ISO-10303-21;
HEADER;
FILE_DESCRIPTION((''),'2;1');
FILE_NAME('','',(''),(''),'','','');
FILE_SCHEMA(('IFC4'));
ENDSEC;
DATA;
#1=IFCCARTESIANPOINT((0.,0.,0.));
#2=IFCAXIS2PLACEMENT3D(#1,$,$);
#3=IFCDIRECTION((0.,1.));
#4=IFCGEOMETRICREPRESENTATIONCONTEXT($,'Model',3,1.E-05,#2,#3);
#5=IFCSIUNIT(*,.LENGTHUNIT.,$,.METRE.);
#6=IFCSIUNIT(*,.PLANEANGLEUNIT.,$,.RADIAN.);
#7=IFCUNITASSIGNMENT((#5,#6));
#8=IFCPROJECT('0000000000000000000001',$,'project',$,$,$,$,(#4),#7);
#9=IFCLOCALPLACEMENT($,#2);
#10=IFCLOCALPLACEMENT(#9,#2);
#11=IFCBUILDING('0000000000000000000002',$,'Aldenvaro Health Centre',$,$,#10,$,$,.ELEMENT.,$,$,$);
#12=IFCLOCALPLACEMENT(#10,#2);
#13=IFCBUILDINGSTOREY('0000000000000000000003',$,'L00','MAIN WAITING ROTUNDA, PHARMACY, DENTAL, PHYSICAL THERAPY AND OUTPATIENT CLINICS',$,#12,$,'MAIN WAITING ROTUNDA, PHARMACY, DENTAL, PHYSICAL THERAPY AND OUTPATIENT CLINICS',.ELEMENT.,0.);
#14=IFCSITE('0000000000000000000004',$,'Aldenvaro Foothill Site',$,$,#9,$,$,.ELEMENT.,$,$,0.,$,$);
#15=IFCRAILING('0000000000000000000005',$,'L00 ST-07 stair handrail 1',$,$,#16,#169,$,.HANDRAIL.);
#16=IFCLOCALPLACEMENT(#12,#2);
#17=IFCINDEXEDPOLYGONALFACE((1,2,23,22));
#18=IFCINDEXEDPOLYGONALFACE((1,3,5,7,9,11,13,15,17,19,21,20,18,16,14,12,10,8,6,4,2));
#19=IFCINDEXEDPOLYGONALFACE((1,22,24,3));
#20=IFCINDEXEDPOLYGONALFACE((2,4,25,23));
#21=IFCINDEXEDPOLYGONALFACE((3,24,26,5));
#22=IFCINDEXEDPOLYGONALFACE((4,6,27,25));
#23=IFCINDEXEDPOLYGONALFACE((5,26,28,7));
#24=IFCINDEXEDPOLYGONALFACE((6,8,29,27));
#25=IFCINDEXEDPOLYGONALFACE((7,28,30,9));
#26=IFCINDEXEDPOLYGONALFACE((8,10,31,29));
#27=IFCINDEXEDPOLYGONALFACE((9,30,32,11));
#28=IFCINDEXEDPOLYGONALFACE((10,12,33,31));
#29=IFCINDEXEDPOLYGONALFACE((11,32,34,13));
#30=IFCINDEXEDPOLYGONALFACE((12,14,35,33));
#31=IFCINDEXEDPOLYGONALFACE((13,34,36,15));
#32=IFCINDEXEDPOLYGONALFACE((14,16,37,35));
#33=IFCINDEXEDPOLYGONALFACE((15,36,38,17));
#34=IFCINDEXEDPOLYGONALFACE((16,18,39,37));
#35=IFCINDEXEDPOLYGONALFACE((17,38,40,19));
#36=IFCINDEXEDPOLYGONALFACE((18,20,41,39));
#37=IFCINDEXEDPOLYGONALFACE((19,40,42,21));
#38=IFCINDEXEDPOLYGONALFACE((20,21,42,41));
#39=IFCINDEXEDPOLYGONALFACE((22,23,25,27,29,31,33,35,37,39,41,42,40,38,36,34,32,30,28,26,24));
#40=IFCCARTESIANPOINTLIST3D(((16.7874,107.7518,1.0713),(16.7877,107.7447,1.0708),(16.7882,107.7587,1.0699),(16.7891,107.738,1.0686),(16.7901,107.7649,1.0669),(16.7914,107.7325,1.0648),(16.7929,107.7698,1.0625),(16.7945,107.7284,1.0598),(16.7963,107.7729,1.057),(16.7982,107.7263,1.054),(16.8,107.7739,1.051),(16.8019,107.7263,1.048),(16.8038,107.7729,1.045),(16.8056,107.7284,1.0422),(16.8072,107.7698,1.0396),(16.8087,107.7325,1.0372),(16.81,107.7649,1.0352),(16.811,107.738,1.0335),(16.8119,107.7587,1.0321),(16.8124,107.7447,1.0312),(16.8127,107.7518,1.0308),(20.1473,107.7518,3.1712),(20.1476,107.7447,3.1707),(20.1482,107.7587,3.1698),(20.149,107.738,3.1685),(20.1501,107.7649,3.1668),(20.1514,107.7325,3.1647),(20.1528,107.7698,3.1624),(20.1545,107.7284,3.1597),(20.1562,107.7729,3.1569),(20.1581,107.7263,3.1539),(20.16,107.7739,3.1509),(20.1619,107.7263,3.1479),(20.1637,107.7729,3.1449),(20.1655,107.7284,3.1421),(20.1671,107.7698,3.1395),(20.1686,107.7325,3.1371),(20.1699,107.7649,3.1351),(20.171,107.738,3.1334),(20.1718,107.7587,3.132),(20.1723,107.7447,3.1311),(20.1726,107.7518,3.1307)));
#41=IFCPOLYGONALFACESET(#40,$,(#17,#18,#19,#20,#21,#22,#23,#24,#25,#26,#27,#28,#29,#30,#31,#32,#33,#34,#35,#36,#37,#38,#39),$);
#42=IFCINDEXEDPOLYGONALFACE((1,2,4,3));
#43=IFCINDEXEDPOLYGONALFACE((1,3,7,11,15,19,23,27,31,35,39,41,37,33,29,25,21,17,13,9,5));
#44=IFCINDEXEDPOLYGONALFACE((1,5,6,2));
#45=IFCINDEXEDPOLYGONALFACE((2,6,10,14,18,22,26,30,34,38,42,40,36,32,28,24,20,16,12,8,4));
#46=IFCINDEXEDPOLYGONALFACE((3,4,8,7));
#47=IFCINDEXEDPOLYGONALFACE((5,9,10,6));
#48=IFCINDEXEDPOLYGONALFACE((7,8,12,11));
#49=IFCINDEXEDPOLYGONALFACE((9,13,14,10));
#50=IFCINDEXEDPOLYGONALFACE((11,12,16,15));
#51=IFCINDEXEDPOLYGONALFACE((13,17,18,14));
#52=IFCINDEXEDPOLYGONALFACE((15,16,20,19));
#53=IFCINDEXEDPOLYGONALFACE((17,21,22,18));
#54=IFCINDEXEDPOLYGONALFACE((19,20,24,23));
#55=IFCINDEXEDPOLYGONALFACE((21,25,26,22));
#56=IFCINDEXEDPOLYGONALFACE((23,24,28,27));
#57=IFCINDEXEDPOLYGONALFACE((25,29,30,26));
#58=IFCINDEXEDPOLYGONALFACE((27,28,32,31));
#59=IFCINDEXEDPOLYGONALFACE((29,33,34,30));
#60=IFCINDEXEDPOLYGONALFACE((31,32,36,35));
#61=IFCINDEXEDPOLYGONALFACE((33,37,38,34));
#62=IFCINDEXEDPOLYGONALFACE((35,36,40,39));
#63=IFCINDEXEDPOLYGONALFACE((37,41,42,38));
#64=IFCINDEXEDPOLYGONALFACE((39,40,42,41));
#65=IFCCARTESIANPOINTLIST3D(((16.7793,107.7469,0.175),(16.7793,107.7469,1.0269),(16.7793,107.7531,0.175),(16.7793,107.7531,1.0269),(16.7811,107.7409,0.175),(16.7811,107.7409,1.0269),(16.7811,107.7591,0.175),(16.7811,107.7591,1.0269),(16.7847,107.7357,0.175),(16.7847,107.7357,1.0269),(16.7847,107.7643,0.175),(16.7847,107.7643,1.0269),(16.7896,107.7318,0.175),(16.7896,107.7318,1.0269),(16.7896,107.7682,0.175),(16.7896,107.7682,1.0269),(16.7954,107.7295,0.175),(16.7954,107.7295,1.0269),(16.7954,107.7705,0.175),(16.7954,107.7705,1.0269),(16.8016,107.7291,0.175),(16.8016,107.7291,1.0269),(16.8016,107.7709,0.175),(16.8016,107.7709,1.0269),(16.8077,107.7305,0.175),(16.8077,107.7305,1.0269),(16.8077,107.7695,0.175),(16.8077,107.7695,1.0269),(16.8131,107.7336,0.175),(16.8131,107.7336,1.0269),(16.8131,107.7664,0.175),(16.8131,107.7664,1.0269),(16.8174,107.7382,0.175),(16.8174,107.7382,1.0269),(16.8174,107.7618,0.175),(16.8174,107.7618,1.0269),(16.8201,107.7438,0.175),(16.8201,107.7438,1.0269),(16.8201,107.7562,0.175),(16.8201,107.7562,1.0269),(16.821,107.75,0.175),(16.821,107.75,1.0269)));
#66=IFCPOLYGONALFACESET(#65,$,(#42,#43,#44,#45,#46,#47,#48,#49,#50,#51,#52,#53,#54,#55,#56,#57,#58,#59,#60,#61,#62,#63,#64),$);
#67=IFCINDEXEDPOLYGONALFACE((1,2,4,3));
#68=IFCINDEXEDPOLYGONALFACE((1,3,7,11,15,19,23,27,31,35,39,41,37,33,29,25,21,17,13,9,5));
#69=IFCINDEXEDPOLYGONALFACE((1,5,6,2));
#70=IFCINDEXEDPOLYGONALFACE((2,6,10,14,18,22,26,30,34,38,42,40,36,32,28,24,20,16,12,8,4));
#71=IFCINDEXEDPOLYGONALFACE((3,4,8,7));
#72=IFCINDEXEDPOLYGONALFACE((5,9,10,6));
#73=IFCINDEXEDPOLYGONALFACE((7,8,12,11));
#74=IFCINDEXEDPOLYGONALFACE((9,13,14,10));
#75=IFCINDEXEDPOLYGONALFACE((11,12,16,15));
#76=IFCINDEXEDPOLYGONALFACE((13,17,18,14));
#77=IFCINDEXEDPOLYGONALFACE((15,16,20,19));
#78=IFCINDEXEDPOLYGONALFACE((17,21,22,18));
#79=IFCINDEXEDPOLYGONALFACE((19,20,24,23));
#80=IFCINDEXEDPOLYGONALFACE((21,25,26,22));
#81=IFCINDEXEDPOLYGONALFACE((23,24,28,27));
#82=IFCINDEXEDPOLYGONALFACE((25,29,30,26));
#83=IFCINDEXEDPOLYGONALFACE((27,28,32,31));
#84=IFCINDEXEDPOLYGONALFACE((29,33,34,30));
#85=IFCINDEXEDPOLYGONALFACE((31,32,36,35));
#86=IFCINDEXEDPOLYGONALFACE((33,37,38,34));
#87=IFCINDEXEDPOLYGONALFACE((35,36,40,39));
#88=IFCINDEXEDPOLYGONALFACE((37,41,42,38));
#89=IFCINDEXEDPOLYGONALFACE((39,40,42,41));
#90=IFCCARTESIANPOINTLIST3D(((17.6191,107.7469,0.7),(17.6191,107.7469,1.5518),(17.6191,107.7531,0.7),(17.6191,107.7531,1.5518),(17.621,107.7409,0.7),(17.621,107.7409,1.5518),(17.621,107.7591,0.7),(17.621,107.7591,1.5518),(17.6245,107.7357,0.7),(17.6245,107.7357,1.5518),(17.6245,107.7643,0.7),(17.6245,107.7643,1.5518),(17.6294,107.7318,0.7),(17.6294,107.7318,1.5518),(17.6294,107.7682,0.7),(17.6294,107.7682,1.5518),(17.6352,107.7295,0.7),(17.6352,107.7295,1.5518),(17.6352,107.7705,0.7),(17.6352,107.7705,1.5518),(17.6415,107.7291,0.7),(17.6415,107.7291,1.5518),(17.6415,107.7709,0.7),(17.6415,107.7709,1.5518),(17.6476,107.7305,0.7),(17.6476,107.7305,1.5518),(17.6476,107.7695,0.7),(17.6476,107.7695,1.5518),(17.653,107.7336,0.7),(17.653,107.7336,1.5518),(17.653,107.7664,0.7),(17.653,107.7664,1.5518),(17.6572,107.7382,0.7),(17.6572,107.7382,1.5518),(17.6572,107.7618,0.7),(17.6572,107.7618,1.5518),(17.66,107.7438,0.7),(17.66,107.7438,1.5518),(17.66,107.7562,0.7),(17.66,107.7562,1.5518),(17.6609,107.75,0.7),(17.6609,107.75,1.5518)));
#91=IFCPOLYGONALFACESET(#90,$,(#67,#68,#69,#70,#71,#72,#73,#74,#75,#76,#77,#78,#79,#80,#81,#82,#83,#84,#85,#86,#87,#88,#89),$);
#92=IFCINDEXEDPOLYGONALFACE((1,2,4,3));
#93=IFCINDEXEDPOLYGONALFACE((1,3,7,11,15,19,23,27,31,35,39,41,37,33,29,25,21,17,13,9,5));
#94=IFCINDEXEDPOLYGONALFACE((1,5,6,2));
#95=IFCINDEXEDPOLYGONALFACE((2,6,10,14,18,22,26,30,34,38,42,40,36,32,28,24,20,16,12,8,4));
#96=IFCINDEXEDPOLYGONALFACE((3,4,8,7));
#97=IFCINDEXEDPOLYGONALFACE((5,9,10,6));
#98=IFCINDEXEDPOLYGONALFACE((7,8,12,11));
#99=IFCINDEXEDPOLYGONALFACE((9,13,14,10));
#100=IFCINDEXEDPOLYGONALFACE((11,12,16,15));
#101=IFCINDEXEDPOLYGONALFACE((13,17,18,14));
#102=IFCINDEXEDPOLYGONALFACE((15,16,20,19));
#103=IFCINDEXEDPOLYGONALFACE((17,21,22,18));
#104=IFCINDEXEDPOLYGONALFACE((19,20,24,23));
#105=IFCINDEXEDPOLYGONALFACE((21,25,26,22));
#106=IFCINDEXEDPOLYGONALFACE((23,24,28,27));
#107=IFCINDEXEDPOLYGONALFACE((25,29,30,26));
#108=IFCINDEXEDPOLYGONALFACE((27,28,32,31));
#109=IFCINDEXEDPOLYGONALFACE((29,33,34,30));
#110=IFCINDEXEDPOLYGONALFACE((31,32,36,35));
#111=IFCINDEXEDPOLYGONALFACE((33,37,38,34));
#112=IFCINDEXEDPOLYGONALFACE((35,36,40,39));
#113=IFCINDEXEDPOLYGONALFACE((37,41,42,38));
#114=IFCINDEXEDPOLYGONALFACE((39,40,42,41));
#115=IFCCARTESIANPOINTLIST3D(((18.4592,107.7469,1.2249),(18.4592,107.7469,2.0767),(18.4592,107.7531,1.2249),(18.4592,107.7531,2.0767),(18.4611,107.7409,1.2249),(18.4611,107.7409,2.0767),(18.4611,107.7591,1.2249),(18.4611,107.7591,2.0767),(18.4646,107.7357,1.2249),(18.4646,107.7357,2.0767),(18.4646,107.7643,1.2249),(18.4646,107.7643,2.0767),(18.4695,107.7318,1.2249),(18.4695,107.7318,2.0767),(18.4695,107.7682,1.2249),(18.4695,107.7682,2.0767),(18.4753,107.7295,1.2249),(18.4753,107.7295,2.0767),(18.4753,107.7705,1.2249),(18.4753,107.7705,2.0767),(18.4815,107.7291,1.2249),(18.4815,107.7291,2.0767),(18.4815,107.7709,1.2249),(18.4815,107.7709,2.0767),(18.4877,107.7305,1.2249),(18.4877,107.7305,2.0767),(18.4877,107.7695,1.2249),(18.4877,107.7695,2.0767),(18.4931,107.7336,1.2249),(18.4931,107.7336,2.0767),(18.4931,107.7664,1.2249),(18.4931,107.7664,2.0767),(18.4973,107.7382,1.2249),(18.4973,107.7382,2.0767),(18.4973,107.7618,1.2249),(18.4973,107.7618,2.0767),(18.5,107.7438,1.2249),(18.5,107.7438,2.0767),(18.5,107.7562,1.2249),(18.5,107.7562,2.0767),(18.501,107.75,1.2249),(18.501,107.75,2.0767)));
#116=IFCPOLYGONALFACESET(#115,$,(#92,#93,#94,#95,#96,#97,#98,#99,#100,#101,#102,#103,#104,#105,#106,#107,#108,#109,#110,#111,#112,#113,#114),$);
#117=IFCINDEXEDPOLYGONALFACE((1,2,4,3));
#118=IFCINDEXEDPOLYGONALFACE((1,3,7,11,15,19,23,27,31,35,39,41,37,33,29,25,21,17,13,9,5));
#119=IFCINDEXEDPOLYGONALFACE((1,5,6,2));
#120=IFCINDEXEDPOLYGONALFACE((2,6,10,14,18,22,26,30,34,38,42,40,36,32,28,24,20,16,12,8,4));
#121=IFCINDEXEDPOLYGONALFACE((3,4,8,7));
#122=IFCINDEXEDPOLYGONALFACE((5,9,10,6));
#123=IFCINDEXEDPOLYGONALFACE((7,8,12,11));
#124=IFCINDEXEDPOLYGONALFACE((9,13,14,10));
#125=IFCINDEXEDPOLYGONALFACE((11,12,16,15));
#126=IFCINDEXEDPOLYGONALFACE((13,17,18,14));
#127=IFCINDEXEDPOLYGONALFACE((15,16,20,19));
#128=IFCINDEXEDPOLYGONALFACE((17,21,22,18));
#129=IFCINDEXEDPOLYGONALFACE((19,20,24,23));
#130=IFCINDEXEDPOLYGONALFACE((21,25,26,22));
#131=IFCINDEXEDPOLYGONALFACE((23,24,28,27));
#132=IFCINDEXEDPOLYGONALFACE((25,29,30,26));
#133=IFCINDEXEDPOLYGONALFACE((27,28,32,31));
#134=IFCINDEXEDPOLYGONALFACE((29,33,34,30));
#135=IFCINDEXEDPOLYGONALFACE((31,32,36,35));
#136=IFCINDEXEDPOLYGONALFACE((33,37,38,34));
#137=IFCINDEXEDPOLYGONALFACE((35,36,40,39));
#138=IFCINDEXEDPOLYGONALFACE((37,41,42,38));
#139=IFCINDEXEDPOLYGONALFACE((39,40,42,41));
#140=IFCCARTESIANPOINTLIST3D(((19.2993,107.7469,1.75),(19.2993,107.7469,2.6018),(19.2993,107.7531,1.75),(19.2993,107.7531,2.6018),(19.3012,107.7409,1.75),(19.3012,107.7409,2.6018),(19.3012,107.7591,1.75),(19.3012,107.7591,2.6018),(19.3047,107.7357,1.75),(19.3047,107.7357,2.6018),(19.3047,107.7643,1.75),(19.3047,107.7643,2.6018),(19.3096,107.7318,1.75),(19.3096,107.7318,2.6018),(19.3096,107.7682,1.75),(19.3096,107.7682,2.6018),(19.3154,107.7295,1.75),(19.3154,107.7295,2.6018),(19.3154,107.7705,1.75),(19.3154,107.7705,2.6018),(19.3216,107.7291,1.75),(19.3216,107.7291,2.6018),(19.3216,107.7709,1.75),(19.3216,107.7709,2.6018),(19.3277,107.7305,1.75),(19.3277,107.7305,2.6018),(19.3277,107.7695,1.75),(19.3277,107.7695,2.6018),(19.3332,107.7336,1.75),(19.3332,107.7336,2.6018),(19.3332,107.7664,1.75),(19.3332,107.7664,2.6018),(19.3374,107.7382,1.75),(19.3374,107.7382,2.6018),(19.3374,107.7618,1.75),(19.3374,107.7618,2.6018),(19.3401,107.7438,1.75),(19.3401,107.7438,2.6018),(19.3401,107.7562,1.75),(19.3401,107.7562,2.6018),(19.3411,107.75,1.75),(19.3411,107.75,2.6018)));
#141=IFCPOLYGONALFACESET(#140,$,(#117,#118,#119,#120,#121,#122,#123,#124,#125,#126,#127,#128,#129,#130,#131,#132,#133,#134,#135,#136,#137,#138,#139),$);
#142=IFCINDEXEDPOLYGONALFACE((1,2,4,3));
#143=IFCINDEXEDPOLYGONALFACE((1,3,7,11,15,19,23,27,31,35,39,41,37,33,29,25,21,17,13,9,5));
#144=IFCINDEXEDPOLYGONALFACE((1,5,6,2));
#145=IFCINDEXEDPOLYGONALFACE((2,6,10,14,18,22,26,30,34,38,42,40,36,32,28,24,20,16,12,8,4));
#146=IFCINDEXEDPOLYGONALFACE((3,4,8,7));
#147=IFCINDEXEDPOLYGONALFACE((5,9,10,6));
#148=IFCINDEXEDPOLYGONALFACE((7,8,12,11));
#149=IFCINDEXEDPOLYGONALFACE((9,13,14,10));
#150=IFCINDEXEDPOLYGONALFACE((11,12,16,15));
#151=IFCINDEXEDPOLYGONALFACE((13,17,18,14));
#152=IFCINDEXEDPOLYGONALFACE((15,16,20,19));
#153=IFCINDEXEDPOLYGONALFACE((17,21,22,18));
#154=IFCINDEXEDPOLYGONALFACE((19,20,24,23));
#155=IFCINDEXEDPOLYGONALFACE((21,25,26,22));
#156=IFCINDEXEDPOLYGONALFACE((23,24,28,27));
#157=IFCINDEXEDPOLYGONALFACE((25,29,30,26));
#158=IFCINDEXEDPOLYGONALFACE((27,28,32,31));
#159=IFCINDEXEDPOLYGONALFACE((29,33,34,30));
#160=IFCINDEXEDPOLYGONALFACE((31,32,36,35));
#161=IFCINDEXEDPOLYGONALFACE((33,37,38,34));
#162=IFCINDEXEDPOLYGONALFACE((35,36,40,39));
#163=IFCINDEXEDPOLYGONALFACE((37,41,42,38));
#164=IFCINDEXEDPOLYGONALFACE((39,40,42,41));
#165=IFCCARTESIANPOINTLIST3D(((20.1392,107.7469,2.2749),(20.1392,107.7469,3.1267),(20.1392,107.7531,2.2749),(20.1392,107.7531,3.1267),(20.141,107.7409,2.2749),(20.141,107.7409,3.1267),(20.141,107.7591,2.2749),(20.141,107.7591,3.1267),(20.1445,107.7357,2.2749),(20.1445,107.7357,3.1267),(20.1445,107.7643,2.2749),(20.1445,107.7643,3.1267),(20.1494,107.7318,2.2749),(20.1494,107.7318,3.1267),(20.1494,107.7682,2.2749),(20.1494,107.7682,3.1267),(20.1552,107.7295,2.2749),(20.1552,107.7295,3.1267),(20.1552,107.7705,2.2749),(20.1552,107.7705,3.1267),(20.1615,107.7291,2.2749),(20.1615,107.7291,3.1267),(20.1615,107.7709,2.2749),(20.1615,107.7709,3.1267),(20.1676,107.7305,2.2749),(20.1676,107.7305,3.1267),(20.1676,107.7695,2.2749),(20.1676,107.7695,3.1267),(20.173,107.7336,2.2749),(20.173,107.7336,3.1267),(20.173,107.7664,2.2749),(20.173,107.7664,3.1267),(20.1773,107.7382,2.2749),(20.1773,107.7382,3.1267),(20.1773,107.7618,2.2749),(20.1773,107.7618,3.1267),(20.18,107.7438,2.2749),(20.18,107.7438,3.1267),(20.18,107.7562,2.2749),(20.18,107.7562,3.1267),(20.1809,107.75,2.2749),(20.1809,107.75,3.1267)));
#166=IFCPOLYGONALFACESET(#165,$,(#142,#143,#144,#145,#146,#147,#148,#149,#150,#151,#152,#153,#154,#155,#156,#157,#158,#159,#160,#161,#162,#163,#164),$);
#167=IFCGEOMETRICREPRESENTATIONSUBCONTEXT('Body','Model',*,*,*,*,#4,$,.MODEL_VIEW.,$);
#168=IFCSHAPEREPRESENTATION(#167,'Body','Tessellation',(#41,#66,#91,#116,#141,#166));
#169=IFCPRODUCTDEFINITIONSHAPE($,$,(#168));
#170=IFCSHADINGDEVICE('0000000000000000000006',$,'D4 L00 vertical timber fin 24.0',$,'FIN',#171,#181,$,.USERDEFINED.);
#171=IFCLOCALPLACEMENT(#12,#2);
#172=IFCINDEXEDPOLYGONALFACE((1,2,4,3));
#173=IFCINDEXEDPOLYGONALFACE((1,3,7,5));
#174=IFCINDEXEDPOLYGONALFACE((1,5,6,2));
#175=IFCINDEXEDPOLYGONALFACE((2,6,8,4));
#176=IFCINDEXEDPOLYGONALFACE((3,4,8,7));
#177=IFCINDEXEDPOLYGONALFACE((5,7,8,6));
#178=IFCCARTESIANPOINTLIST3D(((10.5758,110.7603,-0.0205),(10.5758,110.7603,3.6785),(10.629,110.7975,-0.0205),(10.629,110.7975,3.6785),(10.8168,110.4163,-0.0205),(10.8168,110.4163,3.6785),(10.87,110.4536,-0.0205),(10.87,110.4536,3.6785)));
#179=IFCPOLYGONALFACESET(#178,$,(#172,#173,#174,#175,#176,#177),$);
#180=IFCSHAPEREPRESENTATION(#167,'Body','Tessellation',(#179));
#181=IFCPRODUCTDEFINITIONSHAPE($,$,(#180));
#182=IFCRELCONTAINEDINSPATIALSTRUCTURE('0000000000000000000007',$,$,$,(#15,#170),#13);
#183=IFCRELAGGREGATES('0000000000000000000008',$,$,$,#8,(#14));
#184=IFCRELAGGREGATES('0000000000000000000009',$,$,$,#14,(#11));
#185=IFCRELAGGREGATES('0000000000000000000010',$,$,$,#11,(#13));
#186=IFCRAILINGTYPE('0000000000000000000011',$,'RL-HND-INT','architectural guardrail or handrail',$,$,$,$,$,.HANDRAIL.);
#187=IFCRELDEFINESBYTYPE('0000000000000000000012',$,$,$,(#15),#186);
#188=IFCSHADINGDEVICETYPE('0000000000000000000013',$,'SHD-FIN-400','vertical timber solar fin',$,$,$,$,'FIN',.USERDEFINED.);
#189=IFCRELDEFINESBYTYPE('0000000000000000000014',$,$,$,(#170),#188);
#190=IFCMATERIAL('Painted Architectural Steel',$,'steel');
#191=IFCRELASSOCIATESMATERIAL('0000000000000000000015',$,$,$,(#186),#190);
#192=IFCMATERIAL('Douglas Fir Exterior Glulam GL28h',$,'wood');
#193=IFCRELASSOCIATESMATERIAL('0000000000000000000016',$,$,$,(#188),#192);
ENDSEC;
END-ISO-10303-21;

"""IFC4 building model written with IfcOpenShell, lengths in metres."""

from ifc_helpers import new_model, si_unit, direction, frame, origin, origin_2d, place, context, subcontext, project, spatial, rectangle, circle, extrude, material, type_object, element, save


model = new_model("IFC4")

# Units and contexts
model_context = context("Model", 3, precision=1e-05, world=origin(), true_north=direction((0.0, 1.0)))
body_context = subcontext(model_context, "Body", "Model", "MODEL_VIEW")
ifc_project = project(units=[si_unit("LENGTHUNIT", "METRE"), si_unit("PLANEANGLEUNIT", "RADIAN")], contexts=[model_context])

# Site, building, storey
site_placement = place(None, origin())
site = spatial("IfcSite", under=ifc_project, at=site_placement, Name="Aldenvaro Foothill Site", CompositionType="ELEMENT", RefElevation=0.0)
building_placement = place(site_placement, origin())
building = spatial("IfcBuilding", under=site, at=building_placement, Name="Aldenvaro Health Centre", CompositionType="ELEMENT")
storey_placement = place(building_placement, origin())
storey = spatial("IfcBuildingStorey", under=building, at=storey_placement, Name="L00", Description="MAIN WAITING ROTUNDA, PHARMACY, DENTAL, PHYSICAL THERAPY AND OUTPATIENT CLINICS", LongName="MAIN WAITING ROTUNDA, PHARMACY, DENTAL, PHYSICAL THERAPY AND OUTPATIENT CLINICS", CompositionType="ELEMENT", Elevation=0.0)

# Railing
ifc_material_1 = material(Name="Painted Architectural Steel", Category="steel")
railing_type_1 = type_object("IfcRailingType", Name="RL-HND-INT", Description="architectural guardrail or handrail", PredefinedType="HANDRAIL", material=ifc_material_1)
railing_1_placement = place(storey_placement, frame((16.8, 107.75, 0.175)))
element("IfcRailing", 1, at=railing_1_placement, inside=storey, type_object=railing_type_1, Name="L00 ST-07 stair handrail 1", PredefinedType="HANDRAIL", context=body_context, shape_type="SweptSolid", body=[
    extrude(circle(Radius=0.0239, at=origin_2d()), frame((0.0, 0.0, 0.876), z_axis=(0.848005, 0.0, 0.529988), x_axis=(0.0, 1.0, 0.0)), (0.0, 0.0, 1.0), 3.9622),
    extrude(circle(Radius=0.021, at=origin_2d()), origin(), (0.0, 0.0, 1.0), 0.8518),
    extrude(circle(Radius=0.021, at=origin_2d()), frame((0.8398, 0.0, 0.5249)), (0.0, 0.0, 1.0), 0.8518),
    extrude(circle(Radius=0.021, at=origin_2d()), frame((1.6799, 0.0, 1.0498)), (0.0, 0.0, 1.0), 0.8518),
    extrude(circle(Radius=0.021, at=origin_2d()), frame((2.52, 0.0, 1.575)), (0.0, 0.0, 1.0), 0.8518),
    extrude(circle(Radius=0.021, at=origin_2d()), frame((3.3599, 0.0, 2.0999)), (0.0, 0.0, 1.0), 0.8518),
])

# Shading device
ifc_material_2 = material(Name="Douglas Fir Exterior Glulam GL28h", Category="wood")
shading_device_type = type_object("IfcShadingDeviceType", Name="SHD-FIN-400", Description="vertical timber solar fin", ElementType="FIN", PredefinedType="USERDEFINED", material=ifc_material_2)
shading_device_placement = place(storey_placement, frame((10.7229, 110.6069, -0.0205), z_axis=(0.0, 0.0, 1.0), x_axis=(0.819051, 0.573721, 0.0)))
element("IfcShadingDevice", 2, at=shading_device_placement, inside=storey, type_object=shading_device_type, Name="D4 L00 vertical timber fin 24.0", ObjectType="FIN", PredefinedType="USERDEFINED", context=body_context, shape_type="SweptSolid", body=[
    extrude(rectangle(XDim=0.0649, YDim=0.4199, at=origin_2d()), origin(), (0.0, 0.0, 1.0), 3.699),
])

save(model, "model.ifc")
